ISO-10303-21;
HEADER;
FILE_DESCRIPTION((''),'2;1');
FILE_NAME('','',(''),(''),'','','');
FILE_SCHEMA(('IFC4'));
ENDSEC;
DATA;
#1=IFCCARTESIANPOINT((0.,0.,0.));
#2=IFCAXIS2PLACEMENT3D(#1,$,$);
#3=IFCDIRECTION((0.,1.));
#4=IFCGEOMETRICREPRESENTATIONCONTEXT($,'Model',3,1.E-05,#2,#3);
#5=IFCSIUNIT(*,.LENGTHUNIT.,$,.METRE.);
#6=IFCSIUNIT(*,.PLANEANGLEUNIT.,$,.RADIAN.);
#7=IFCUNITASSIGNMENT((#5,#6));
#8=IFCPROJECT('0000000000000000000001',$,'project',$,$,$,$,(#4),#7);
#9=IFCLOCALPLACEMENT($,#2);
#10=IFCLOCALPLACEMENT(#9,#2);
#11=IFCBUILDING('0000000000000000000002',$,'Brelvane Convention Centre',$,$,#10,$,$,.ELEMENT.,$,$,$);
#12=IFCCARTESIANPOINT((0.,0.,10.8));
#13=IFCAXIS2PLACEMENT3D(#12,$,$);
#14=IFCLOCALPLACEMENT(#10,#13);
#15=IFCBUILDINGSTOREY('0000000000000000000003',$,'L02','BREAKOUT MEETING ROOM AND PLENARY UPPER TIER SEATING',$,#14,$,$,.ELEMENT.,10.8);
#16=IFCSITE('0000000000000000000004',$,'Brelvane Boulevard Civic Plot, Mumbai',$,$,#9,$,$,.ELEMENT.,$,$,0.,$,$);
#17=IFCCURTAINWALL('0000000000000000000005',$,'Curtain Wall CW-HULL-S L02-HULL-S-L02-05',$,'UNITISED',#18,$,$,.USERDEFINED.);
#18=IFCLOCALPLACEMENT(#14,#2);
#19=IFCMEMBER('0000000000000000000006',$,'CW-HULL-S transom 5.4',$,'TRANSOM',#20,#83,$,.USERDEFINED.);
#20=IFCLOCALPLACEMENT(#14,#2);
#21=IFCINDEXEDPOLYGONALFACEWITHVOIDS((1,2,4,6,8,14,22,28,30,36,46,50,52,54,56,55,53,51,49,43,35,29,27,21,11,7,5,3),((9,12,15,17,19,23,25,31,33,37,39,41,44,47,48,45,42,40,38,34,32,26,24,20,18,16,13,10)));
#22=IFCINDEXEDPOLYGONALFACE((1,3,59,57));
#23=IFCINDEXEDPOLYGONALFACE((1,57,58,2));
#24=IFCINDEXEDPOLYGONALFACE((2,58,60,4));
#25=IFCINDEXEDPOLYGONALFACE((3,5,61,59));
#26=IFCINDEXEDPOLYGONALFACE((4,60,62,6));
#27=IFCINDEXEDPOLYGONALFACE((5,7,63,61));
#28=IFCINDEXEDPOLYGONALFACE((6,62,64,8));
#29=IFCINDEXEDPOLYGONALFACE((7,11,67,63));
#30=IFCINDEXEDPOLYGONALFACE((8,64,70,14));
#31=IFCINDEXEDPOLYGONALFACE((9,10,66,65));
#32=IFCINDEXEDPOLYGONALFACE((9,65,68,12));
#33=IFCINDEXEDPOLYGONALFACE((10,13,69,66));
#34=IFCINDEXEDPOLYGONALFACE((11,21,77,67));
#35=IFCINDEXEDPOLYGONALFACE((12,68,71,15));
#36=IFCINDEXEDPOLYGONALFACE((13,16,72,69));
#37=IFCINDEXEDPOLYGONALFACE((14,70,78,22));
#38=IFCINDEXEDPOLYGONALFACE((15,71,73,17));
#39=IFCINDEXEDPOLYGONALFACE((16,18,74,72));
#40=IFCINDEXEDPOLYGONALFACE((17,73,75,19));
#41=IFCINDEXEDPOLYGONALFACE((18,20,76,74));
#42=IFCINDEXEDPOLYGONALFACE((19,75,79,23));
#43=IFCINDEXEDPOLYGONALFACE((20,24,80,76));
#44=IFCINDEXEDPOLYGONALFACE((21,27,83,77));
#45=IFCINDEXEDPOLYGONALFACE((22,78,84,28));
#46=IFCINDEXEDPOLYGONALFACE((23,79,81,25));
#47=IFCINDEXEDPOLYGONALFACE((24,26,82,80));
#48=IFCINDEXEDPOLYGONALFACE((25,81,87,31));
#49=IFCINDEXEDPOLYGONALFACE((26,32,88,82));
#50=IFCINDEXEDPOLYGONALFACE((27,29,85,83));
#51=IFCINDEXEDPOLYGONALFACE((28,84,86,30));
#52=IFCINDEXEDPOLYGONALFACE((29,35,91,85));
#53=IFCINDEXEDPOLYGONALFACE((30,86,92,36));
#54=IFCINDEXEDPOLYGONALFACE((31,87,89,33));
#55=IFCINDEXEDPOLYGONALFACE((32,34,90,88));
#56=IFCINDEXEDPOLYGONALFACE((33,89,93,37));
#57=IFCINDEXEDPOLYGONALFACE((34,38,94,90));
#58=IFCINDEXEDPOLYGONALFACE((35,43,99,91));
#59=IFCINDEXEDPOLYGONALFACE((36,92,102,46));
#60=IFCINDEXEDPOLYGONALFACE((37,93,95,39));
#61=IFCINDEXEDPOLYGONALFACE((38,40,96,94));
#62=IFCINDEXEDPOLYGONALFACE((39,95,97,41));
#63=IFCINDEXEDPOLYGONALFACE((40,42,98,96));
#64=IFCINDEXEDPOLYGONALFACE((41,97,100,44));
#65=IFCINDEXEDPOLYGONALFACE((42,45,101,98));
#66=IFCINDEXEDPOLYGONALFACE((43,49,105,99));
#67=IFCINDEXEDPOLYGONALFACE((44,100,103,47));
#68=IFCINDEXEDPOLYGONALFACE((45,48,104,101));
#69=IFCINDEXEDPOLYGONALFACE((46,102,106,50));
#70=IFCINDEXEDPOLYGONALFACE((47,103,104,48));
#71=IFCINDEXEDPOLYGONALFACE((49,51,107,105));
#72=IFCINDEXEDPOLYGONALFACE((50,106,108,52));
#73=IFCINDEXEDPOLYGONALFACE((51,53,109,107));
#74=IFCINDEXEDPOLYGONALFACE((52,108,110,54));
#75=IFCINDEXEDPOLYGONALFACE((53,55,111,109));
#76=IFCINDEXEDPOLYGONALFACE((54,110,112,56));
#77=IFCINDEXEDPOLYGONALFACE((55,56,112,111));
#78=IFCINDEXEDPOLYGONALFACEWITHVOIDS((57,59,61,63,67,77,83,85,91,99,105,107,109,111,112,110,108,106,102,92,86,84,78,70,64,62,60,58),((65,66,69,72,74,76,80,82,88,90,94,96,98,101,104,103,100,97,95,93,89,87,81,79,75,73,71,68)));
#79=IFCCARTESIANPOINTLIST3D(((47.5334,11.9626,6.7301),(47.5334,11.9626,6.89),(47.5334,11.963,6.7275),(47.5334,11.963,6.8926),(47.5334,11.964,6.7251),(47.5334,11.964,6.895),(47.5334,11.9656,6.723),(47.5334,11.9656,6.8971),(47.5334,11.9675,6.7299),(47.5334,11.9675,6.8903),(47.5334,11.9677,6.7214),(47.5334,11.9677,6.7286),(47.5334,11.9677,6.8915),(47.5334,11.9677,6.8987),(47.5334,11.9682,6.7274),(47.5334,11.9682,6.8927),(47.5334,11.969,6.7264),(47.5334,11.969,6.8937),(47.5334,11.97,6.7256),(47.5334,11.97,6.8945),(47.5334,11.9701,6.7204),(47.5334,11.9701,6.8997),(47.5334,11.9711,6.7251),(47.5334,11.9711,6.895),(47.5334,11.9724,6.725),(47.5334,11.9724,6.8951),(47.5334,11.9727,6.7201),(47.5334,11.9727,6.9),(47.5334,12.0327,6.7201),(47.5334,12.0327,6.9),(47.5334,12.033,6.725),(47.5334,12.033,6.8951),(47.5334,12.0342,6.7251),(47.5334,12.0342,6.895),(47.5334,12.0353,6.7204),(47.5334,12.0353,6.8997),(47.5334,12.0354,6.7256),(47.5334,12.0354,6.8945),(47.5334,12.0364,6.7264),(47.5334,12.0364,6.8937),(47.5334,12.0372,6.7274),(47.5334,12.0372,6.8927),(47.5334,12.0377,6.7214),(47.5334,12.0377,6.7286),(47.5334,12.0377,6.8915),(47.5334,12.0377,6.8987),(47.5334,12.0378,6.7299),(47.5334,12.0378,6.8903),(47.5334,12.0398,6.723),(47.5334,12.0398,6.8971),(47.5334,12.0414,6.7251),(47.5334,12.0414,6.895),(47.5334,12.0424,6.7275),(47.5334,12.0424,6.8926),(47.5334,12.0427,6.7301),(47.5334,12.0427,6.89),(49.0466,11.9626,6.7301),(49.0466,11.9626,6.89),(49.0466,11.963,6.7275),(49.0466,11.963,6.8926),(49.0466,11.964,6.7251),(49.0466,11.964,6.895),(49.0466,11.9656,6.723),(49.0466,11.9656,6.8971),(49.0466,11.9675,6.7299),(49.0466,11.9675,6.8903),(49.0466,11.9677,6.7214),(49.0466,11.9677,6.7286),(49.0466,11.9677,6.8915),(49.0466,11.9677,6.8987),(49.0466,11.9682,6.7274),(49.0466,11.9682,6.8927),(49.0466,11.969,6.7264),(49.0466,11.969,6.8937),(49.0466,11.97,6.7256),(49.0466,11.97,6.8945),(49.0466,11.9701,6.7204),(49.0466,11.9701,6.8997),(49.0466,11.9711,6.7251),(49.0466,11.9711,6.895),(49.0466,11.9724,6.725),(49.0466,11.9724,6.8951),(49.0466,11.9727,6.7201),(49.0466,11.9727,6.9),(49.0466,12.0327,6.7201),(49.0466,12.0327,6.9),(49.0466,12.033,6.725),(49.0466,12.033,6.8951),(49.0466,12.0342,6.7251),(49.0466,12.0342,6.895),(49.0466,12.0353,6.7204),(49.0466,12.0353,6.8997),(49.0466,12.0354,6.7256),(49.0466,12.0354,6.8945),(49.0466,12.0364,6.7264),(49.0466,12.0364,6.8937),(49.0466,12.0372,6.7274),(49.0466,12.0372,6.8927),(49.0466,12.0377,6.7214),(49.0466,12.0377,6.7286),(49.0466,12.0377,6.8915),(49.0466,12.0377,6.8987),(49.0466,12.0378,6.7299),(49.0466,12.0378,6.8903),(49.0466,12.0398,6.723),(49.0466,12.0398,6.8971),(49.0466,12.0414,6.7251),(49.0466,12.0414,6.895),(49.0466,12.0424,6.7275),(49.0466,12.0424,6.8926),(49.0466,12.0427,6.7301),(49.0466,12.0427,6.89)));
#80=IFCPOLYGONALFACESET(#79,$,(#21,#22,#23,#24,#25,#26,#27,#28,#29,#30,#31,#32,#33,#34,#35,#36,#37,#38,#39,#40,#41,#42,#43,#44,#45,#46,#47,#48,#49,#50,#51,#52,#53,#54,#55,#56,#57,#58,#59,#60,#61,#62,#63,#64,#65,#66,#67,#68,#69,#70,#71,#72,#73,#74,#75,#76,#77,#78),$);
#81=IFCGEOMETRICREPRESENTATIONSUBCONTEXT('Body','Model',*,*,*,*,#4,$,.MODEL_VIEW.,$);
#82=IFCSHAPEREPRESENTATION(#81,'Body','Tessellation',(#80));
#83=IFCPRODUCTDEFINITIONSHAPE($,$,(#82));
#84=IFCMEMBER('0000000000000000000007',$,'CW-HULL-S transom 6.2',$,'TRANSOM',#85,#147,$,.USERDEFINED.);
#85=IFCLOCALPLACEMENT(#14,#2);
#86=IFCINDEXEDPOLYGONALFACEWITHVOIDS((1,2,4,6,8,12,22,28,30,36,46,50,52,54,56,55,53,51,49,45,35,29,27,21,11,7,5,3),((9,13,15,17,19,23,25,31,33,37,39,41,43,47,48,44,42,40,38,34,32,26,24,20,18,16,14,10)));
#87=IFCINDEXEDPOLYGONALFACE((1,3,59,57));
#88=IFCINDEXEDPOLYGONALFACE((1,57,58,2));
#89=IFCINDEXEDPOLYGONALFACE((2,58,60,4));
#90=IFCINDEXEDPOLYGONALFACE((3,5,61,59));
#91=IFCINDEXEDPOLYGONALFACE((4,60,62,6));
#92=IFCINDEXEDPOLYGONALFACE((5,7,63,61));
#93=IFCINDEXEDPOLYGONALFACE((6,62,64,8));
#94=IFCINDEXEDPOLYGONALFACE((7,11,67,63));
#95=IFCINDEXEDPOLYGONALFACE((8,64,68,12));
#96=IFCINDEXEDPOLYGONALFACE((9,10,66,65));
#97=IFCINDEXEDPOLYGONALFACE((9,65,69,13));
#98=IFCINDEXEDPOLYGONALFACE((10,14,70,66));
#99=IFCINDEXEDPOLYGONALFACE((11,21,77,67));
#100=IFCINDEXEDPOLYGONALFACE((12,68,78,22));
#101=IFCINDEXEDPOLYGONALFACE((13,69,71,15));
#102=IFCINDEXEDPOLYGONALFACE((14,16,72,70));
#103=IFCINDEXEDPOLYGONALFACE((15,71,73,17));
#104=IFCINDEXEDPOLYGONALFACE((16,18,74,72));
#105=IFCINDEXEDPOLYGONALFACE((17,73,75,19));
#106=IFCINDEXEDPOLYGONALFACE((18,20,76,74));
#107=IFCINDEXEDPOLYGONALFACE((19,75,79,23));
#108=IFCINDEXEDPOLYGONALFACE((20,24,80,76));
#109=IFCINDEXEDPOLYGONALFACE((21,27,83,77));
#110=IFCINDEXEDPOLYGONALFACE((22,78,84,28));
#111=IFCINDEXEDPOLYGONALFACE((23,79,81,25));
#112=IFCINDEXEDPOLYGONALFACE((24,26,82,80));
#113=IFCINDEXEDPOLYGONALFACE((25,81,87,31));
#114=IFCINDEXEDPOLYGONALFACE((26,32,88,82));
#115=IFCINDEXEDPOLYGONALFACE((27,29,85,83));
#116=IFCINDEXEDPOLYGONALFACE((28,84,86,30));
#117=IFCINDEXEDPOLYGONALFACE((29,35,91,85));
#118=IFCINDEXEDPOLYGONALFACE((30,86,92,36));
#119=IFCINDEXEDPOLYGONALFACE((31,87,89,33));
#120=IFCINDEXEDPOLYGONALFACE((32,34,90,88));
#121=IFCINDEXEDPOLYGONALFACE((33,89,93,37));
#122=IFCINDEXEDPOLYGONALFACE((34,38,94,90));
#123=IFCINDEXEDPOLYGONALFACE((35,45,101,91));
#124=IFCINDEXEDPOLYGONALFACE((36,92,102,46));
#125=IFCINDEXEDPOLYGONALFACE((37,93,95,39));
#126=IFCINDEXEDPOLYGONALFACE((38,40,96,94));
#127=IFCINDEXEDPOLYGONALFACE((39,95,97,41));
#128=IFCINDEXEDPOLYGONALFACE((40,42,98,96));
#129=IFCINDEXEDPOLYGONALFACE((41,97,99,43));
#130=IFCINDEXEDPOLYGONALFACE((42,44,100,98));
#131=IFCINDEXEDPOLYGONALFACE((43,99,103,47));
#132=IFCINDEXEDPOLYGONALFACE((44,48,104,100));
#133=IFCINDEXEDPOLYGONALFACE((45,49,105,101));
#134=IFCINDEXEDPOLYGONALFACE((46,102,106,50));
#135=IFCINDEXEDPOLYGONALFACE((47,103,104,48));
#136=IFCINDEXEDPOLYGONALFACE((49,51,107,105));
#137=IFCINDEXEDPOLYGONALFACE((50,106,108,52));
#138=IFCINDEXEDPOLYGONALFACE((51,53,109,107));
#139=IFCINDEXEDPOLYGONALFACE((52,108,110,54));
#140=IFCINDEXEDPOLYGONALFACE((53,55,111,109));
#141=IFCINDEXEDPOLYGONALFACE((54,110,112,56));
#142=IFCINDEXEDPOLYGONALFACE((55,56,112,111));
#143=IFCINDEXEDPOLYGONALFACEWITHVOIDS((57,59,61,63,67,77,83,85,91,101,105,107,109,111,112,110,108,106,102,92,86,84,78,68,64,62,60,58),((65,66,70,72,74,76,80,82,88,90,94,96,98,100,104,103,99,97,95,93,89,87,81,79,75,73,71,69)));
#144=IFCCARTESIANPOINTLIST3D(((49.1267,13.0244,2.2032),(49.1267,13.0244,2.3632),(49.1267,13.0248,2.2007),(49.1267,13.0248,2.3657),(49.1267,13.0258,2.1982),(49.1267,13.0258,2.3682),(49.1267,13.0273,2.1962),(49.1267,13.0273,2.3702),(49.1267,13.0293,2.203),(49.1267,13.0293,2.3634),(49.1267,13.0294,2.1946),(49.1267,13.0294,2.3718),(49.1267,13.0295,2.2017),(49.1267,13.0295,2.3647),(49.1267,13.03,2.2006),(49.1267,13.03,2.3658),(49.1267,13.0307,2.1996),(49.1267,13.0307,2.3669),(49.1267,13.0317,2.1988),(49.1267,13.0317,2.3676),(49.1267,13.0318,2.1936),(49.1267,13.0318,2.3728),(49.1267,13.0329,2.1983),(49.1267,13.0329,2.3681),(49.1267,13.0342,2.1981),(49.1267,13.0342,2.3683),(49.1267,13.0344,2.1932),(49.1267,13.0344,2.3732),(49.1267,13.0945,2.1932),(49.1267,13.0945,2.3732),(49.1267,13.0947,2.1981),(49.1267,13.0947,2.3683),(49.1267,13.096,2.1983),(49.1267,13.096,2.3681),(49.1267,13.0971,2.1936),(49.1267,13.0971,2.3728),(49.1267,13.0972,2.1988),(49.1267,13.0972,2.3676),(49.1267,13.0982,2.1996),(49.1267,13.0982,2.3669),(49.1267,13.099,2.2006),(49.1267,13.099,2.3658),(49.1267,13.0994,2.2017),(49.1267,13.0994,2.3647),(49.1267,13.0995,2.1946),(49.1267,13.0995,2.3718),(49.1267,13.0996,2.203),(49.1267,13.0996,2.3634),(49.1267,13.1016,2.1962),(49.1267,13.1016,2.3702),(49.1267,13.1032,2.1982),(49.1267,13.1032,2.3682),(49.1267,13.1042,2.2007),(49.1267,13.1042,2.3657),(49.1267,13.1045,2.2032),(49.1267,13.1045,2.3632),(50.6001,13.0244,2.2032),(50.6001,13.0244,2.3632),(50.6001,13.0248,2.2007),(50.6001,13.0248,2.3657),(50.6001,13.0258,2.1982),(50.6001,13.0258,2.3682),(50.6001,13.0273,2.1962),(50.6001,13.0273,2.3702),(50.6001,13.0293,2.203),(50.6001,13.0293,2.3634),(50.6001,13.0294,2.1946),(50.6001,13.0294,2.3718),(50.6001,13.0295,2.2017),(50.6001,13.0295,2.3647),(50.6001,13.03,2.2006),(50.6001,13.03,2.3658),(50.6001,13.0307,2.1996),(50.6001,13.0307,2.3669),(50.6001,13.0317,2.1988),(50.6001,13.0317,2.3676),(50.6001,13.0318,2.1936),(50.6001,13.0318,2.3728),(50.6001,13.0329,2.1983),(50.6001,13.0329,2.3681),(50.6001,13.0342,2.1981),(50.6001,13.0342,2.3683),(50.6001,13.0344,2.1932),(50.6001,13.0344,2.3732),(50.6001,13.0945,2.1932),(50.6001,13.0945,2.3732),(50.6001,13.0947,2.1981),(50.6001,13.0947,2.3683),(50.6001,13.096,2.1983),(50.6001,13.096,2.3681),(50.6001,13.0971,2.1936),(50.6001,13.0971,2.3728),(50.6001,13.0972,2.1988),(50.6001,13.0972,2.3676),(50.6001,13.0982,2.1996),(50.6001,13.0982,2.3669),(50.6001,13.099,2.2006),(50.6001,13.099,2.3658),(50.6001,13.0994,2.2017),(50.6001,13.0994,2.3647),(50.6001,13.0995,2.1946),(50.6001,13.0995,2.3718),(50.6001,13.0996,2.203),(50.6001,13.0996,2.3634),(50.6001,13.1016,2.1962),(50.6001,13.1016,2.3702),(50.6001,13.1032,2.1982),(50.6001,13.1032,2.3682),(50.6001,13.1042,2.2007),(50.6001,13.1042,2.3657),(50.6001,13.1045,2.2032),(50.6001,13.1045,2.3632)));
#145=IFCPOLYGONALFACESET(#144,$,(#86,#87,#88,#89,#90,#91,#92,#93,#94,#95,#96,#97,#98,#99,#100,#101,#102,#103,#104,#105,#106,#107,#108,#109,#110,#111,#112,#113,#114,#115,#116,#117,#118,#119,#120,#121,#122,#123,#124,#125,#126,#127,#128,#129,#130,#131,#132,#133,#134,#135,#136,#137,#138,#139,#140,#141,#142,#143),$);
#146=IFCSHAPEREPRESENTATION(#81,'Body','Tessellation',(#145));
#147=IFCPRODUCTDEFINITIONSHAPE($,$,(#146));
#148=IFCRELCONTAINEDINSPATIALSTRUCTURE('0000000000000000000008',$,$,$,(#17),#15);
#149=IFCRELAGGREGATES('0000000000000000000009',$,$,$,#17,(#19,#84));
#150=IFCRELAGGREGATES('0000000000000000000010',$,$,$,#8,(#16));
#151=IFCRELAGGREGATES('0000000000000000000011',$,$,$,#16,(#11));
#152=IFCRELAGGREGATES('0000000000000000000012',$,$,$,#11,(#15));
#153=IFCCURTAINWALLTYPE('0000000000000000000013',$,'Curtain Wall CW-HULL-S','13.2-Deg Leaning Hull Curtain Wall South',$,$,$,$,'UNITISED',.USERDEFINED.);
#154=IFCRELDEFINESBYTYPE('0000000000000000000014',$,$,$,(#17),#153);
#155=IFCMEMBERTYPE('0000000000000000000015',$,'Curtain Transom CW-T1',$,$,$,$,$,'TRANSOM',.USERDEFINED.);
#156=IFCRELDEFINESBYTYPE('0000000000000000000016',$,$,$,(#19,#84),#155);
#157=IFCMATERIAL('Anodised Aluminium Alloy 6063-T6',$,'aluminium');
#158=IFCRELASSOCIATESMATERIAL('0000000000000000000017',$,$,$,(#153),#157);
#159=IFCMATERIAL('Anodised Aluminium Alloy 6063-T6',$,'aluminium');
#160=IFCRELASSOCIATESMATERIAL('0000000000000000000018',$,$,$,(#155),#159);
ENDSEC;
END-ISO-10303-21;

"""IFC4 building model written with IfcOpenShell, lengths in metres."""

from ifc_helpers import new_model, si_unit, direction, frame, origin, origin_2d, place, context, subcontext, project, spatial, hollow_rectangle, extrude, material, material_profile, profile_set, type_object, element, aggregate, save


model = new_model("IFC4")

# Units and contexts
model_context = context("Model", 3, precision=1e-05, world=origin(), true_north=direction((0.0, 1.0)))
body_context = subcontext(model_context, "Body", "Model", "MODEL_VIEW")
ifc_project = project(units=[si_unit("LENGTHUNIT", "METRE"), si_unit("PLANEANGLEUNIT", "RADIAN")], contexts=[model_context])

# Site, building, storey
site_placement = place(None, origin())
site = spatial("IfcSite", under=ifc_project, at=site_placement, Name="Brelvane Boulevard Civic Plot, Mumbai", CompositionType="ELEMENT", RefElevation=0.0)
building_placement = place(site_placement, origin())
building = spatial("IfcBuilding", under=site, at=building_placement, Name="Brelvane Convention Centre", CompositionType="ELEMENT")
storey_placement = place(building_placement, frame((0.0, 0.0, 10.8)))
storey = spatial("IfcBuildingStorey", under=building, at=storey_placement, Name="L02", Description="BREAKOUT MEETING ROOM AND PLENARY UPPER TIER SEATING", CompositionType="ELEMENT", Elevation=10.8)

# Curtain wall, members
ifc_material_1 = material(Name="Anodised Aluminium Alloy 6063-T6", Category="aluminium")
curtain_wall_type = type_object("IfcCurtainWallType", Name="Curtain Wall CW-HULL-S", Description="13.2-Deg Leaning Hull Curtain Wall South", ElementType="UNITISED", PredefinedType="USERDEFINED", material=ifc_material_1)
curtain_wall_placement = place(storey_placement, origin())
curtain_wall = element("IfcCurtainWall", 1, at=curtain_wall_placement, inside=storey, type_object=curtain_wall_type, Name="Curtain Wall CW-HULL-S L02-HULL-S-L02-05", ObjectType="UNITISED", PredefinedType="USERDEFINED")
ifc_material_2 = material(Name="Anodised Aluminium Alloy 6063-T6", Category="aluminium")
ifc_material_profile = material_profile(ifc_material_2, hollow_rectangle(XDim=0.0801, YDim=0.1799, WallThickness=0.0049, InnerFilletRadius=0.0049, OuterFilletRadius=0.01, at=origin_2d()), Name="ALU-T 180x80x5.0")
ifc_profile_set = profile_set([ifc_material_profile], Name="Anodised Aluminium Alloy 6063-T6")
member_type = type_object("IfcMemberType", Name="Curtain Transom CW-T1", ElementType="TRANSOM", PredefinedType="USERDEFINED", material=ifc_profile_set)
member_1_placement = place(storey_placement, frame((47.5334, 12.0027, 6.8101), z_axis=(1.0, 0.0, 0.0), x_axis=(0.0, 1.0, 0.0)))
member_1 = element("IfcMember", 2, at=member_1_placement, type_object=member_type, Name="CW-HULL-S transom 5.4", ObjectType="TRANSOM", PredefinedType="USERDEFINED", context=body_context, shape_type="SweptSolid", body=[
    extrude(hollow_rectangle(XDim=0.0801, YDim=0.1799, WallThickness=0.0049, InnerFilletRadius=0.0049, OuterFilletRadius=0.01, at=origin_2d()), origin(), (0.0, 0.0, 1.0), 1.5132),
])
member_2_placement = place(storey_placement, frame((49.1267, 13.0645, 2.2832), z_axis=(1.0, 0.0, 0.0), x_axis=(0.0, 1.0, 0.0)))
member_2 = element("IfcMember", 3, at=member_2_placement, type_object=member_type, Name="CW-HULL-S transom 6.2", ObjectType="TRANSOM", PredefinedType="USERDEFINED", context=body_context, shape_type="SweptSolid", body=[
    extrude(hollow_rectangle(XDim=0.0801, YDim=0.1799, WallThickness=0.0049, InnerFilletRadius=0.0049, OuterFilletRadius=0.01, at=origin_2d()), origin(), (0.0, 0.0, 1.0), 1.4734),
])
aggregate(curtain_wall, [member_1, member_2])

save(model, "model.ifc")
